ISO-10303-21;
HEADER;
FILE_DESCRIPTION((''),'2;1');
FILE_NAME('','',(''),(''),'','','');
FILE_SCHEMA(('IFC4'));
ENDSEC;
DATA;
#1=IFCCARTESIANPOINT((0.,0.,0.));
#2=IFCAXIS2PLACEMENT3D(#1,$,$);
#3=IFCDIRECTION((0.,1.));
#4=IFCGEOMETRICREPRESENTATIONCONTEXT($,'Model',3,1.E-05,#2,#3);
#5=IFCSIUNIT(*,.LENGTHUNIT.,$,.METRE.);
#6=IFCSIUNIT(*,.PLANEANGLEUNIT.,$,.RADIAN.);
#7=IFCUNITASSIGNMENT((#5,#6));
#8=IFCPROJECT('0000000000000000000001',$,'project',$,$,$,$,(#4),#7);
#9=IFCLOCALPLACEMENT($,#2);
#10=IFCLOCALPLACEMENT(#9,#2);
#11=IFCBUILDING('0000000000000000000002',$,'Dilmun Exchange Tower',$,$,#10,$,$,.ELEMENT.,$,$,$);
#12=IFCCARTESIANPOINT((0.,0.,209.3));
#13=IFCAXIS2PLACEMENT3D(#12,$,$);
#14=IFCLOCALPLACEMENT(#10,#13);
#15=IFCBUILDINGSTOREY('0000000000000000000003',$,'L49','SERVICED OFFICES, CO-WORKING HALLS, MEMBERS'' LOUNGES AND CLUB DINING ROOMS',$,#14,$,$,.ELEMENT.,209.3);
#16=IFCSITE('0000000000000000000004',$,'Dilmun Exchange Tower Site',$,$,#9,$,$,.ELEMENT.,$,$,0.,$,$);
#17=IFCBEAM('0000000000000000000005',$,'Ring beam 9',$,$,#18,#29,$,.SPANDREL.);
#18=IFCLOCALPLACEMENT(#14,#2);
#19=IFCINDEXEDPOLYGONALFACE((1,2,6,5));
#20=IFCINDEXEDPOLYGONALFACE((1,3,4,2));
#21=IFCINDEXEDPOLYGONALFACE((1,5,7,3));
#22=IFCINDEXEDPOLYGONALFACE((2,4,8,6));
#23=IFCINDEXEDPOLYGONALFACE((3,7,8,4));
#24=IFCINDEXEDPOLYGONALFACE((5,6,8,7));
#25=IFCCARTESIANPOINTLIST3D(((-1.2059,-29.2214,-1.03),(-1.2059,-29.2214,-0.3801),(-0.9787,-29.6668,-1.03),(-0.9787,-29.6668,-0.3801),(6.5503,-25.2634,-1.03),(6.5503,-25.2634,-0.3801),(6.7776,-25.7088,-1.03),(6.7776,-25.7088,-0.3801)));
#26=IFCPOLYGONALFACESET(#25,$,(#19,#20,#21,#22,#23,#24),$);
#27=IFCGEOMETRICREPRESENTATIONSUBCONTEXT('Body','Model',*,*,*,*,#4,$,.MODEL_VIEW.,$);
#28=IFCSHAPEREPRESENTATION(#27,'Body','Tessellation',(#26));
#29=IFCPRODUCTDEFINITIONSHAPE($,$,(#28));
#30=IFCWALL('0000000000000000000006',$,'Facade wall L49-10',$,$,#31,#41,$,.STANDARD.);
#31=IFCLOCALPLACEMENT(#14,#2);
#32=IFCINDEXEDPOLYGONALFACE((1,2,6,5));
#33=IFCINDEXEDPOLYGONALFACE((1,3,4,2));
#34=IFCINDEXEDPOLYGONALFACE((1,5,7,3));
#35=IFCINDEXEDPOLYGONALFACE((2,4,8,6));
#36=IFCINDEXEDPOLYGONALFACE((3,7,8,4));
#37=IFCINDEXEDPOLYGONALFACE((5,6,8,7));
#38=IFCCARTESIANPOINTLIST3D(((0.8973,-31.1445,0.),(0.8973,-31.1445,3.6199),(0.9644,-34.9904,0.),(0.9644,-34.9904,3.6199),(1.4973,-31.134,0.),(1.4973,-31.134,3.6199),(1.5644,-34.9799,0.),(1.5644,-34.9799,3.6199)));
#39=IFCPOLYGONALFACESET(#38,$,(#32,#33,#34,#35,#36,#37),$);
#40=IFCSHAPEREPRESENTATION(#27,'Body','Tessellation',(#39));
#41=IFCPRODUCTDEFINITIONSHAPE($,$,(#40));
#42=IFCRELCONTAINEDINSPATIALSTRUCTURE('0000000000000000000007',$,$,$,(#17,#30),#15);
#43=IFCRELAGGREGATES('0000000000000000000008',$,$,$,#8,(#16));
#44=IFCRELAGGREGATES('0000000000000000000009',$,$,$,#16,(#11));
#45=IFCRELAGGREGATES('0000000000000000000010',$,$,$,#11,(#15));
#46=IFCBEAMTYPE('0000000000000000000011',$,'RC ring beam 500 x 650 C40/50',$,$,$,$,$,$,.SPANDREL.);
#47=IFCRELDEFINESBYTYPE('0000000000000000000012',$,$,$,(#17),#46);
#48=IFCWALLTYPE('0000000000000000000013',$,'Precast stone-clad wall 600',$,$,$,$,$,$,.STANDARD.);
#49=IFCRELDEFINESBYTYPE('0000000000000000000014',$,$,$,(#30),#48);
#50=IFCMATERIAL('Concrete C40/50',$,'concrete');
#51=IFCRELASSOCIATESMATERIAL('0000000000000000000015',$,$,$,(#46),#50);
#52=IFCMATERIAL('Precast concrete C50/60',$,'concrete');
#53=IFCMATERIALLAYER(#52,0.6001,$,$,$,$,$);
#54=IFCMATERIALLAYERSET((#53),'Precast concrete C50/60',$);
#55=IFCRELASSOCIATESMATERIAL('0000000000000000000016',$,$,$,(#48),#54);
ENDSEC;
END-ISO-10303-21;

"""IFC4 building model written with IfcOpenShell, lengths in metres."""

from ifc_helpers import new_model, si_unit, direction, frame, frame_2d, origin, origin_2d, place, context, subcontext, project, spatial, rectangle, extrude, material, layer, layer_set, material_profile, profile_set, type_object, element, save


model = new_model("IFC4")

# Units and contexts
model_context = context("Model", 3, precision=1e-05, world=origin(), true_north=direction((0.0, 1.0)))
body_context = subcontext(model_context, "Body", "Model", "MODEL_VIEW")
ifc_project = project(units=[si_unit("LENGTHUNIT", "METRE"), si_unit("PLANEANGLEUNIT", "RADIAN")], contexts=[model_context])

# Site, building, storey
site_placement = place(None, origin())
site = spatial("IfcSite", under=ifc_project, at=site_placement, Name="Dilmun Exchange Tower Site", CompositionType="ELEMENT", RefElevation=0.0)
building_placement = place(site_placement, origin())
building = spatial("IfcBuilding", under=site, at=building_placement, Name="Dilmun Exchange Tower", CompositionType="ELEMENT")
storey_placement = place(building_placement, frame((0.0, 0.0, 209.3)))
storey = spatial("IfcBuildingStorey", under=building, at=storey_placement, Name="L49", Description="SERVICED OFFICES, CO-WORKING HALLS, MEMBERS' LOUNGES AND CLUB DINING ROOMS", CompositionType="ELEMENT", Elevation=209.3)

# Beam
ifc_material_1 = material(Name="Concrete C40/50", Category="concrete")
ifc_material_profile = material_profile(ifc_material_1, rectangle(XDim=0.5, YDim=0.6499, at=origin_2d()), Name="500 x 650")
ifc_profile_set = profile_set([ifc_material_profile], Name="Concrete C40/50")
beam_type = type_object("IfcBeamType", Name="RC ring beam 500 x 650 C40/50", PredefinedType="SPANDREL", material=ifc_profile_set)
beam_placement = place(storey_placement, frame((-1.0923, -29.4441, -0.7051), z_axis=(0.89073, 0.454533, 0.0), x_axis=(-0.454533, 0.89073, 0.0)))
element("IfcBeam", 1, at=beam_placement, inside=storey, type_object=beam_type, Name="Ring beam 9", PredefinedType="SPANDREL", context=body_context, shape_type="SweptSolid", body=[
    extrude(rectangle(XDim=0.5, YDim=0.6499, at=origin_2d()), origin(), (0.0, 0.0, 1.0), 8.7078),
])

# Wall
ifc_material_2 = material(Name="Precast concrete C50/60", Category="concrete")
ifc_layer = layer(ifc_material_2, 0.6001)
ifc_layer_set = layer_set([ifc_layer], Name="Precast concrete C50/60")
wall_type = type_object("IfcWallType", Name="Precast stone-clad wall 600", PredefinedType="STANDARD", material=ifc_layer_set)
wall_1_placement = place(storey_placement, frame((1.1973, -31.1392, 0.0), z_axis=(0.0, 0.0, 1.0), x_axis=(0.017454, -0.999848, 0.0)))
element("IfcWall", 2, at=wall_1_placement, inside=storey, type_object=wall_type, Name="Facade wall L49-10", PredefinedType="STANDARD", context=body_context, shape_type="SweptSolid", body=[
    extrude(rectangle(XDim=3.8464, YDim=0.6001, at=frame_2d((1.9233, 0.0))), origin(), (0.0, 0.0, 1.0), 3.6199),
])

save(model, "model.ifc")
